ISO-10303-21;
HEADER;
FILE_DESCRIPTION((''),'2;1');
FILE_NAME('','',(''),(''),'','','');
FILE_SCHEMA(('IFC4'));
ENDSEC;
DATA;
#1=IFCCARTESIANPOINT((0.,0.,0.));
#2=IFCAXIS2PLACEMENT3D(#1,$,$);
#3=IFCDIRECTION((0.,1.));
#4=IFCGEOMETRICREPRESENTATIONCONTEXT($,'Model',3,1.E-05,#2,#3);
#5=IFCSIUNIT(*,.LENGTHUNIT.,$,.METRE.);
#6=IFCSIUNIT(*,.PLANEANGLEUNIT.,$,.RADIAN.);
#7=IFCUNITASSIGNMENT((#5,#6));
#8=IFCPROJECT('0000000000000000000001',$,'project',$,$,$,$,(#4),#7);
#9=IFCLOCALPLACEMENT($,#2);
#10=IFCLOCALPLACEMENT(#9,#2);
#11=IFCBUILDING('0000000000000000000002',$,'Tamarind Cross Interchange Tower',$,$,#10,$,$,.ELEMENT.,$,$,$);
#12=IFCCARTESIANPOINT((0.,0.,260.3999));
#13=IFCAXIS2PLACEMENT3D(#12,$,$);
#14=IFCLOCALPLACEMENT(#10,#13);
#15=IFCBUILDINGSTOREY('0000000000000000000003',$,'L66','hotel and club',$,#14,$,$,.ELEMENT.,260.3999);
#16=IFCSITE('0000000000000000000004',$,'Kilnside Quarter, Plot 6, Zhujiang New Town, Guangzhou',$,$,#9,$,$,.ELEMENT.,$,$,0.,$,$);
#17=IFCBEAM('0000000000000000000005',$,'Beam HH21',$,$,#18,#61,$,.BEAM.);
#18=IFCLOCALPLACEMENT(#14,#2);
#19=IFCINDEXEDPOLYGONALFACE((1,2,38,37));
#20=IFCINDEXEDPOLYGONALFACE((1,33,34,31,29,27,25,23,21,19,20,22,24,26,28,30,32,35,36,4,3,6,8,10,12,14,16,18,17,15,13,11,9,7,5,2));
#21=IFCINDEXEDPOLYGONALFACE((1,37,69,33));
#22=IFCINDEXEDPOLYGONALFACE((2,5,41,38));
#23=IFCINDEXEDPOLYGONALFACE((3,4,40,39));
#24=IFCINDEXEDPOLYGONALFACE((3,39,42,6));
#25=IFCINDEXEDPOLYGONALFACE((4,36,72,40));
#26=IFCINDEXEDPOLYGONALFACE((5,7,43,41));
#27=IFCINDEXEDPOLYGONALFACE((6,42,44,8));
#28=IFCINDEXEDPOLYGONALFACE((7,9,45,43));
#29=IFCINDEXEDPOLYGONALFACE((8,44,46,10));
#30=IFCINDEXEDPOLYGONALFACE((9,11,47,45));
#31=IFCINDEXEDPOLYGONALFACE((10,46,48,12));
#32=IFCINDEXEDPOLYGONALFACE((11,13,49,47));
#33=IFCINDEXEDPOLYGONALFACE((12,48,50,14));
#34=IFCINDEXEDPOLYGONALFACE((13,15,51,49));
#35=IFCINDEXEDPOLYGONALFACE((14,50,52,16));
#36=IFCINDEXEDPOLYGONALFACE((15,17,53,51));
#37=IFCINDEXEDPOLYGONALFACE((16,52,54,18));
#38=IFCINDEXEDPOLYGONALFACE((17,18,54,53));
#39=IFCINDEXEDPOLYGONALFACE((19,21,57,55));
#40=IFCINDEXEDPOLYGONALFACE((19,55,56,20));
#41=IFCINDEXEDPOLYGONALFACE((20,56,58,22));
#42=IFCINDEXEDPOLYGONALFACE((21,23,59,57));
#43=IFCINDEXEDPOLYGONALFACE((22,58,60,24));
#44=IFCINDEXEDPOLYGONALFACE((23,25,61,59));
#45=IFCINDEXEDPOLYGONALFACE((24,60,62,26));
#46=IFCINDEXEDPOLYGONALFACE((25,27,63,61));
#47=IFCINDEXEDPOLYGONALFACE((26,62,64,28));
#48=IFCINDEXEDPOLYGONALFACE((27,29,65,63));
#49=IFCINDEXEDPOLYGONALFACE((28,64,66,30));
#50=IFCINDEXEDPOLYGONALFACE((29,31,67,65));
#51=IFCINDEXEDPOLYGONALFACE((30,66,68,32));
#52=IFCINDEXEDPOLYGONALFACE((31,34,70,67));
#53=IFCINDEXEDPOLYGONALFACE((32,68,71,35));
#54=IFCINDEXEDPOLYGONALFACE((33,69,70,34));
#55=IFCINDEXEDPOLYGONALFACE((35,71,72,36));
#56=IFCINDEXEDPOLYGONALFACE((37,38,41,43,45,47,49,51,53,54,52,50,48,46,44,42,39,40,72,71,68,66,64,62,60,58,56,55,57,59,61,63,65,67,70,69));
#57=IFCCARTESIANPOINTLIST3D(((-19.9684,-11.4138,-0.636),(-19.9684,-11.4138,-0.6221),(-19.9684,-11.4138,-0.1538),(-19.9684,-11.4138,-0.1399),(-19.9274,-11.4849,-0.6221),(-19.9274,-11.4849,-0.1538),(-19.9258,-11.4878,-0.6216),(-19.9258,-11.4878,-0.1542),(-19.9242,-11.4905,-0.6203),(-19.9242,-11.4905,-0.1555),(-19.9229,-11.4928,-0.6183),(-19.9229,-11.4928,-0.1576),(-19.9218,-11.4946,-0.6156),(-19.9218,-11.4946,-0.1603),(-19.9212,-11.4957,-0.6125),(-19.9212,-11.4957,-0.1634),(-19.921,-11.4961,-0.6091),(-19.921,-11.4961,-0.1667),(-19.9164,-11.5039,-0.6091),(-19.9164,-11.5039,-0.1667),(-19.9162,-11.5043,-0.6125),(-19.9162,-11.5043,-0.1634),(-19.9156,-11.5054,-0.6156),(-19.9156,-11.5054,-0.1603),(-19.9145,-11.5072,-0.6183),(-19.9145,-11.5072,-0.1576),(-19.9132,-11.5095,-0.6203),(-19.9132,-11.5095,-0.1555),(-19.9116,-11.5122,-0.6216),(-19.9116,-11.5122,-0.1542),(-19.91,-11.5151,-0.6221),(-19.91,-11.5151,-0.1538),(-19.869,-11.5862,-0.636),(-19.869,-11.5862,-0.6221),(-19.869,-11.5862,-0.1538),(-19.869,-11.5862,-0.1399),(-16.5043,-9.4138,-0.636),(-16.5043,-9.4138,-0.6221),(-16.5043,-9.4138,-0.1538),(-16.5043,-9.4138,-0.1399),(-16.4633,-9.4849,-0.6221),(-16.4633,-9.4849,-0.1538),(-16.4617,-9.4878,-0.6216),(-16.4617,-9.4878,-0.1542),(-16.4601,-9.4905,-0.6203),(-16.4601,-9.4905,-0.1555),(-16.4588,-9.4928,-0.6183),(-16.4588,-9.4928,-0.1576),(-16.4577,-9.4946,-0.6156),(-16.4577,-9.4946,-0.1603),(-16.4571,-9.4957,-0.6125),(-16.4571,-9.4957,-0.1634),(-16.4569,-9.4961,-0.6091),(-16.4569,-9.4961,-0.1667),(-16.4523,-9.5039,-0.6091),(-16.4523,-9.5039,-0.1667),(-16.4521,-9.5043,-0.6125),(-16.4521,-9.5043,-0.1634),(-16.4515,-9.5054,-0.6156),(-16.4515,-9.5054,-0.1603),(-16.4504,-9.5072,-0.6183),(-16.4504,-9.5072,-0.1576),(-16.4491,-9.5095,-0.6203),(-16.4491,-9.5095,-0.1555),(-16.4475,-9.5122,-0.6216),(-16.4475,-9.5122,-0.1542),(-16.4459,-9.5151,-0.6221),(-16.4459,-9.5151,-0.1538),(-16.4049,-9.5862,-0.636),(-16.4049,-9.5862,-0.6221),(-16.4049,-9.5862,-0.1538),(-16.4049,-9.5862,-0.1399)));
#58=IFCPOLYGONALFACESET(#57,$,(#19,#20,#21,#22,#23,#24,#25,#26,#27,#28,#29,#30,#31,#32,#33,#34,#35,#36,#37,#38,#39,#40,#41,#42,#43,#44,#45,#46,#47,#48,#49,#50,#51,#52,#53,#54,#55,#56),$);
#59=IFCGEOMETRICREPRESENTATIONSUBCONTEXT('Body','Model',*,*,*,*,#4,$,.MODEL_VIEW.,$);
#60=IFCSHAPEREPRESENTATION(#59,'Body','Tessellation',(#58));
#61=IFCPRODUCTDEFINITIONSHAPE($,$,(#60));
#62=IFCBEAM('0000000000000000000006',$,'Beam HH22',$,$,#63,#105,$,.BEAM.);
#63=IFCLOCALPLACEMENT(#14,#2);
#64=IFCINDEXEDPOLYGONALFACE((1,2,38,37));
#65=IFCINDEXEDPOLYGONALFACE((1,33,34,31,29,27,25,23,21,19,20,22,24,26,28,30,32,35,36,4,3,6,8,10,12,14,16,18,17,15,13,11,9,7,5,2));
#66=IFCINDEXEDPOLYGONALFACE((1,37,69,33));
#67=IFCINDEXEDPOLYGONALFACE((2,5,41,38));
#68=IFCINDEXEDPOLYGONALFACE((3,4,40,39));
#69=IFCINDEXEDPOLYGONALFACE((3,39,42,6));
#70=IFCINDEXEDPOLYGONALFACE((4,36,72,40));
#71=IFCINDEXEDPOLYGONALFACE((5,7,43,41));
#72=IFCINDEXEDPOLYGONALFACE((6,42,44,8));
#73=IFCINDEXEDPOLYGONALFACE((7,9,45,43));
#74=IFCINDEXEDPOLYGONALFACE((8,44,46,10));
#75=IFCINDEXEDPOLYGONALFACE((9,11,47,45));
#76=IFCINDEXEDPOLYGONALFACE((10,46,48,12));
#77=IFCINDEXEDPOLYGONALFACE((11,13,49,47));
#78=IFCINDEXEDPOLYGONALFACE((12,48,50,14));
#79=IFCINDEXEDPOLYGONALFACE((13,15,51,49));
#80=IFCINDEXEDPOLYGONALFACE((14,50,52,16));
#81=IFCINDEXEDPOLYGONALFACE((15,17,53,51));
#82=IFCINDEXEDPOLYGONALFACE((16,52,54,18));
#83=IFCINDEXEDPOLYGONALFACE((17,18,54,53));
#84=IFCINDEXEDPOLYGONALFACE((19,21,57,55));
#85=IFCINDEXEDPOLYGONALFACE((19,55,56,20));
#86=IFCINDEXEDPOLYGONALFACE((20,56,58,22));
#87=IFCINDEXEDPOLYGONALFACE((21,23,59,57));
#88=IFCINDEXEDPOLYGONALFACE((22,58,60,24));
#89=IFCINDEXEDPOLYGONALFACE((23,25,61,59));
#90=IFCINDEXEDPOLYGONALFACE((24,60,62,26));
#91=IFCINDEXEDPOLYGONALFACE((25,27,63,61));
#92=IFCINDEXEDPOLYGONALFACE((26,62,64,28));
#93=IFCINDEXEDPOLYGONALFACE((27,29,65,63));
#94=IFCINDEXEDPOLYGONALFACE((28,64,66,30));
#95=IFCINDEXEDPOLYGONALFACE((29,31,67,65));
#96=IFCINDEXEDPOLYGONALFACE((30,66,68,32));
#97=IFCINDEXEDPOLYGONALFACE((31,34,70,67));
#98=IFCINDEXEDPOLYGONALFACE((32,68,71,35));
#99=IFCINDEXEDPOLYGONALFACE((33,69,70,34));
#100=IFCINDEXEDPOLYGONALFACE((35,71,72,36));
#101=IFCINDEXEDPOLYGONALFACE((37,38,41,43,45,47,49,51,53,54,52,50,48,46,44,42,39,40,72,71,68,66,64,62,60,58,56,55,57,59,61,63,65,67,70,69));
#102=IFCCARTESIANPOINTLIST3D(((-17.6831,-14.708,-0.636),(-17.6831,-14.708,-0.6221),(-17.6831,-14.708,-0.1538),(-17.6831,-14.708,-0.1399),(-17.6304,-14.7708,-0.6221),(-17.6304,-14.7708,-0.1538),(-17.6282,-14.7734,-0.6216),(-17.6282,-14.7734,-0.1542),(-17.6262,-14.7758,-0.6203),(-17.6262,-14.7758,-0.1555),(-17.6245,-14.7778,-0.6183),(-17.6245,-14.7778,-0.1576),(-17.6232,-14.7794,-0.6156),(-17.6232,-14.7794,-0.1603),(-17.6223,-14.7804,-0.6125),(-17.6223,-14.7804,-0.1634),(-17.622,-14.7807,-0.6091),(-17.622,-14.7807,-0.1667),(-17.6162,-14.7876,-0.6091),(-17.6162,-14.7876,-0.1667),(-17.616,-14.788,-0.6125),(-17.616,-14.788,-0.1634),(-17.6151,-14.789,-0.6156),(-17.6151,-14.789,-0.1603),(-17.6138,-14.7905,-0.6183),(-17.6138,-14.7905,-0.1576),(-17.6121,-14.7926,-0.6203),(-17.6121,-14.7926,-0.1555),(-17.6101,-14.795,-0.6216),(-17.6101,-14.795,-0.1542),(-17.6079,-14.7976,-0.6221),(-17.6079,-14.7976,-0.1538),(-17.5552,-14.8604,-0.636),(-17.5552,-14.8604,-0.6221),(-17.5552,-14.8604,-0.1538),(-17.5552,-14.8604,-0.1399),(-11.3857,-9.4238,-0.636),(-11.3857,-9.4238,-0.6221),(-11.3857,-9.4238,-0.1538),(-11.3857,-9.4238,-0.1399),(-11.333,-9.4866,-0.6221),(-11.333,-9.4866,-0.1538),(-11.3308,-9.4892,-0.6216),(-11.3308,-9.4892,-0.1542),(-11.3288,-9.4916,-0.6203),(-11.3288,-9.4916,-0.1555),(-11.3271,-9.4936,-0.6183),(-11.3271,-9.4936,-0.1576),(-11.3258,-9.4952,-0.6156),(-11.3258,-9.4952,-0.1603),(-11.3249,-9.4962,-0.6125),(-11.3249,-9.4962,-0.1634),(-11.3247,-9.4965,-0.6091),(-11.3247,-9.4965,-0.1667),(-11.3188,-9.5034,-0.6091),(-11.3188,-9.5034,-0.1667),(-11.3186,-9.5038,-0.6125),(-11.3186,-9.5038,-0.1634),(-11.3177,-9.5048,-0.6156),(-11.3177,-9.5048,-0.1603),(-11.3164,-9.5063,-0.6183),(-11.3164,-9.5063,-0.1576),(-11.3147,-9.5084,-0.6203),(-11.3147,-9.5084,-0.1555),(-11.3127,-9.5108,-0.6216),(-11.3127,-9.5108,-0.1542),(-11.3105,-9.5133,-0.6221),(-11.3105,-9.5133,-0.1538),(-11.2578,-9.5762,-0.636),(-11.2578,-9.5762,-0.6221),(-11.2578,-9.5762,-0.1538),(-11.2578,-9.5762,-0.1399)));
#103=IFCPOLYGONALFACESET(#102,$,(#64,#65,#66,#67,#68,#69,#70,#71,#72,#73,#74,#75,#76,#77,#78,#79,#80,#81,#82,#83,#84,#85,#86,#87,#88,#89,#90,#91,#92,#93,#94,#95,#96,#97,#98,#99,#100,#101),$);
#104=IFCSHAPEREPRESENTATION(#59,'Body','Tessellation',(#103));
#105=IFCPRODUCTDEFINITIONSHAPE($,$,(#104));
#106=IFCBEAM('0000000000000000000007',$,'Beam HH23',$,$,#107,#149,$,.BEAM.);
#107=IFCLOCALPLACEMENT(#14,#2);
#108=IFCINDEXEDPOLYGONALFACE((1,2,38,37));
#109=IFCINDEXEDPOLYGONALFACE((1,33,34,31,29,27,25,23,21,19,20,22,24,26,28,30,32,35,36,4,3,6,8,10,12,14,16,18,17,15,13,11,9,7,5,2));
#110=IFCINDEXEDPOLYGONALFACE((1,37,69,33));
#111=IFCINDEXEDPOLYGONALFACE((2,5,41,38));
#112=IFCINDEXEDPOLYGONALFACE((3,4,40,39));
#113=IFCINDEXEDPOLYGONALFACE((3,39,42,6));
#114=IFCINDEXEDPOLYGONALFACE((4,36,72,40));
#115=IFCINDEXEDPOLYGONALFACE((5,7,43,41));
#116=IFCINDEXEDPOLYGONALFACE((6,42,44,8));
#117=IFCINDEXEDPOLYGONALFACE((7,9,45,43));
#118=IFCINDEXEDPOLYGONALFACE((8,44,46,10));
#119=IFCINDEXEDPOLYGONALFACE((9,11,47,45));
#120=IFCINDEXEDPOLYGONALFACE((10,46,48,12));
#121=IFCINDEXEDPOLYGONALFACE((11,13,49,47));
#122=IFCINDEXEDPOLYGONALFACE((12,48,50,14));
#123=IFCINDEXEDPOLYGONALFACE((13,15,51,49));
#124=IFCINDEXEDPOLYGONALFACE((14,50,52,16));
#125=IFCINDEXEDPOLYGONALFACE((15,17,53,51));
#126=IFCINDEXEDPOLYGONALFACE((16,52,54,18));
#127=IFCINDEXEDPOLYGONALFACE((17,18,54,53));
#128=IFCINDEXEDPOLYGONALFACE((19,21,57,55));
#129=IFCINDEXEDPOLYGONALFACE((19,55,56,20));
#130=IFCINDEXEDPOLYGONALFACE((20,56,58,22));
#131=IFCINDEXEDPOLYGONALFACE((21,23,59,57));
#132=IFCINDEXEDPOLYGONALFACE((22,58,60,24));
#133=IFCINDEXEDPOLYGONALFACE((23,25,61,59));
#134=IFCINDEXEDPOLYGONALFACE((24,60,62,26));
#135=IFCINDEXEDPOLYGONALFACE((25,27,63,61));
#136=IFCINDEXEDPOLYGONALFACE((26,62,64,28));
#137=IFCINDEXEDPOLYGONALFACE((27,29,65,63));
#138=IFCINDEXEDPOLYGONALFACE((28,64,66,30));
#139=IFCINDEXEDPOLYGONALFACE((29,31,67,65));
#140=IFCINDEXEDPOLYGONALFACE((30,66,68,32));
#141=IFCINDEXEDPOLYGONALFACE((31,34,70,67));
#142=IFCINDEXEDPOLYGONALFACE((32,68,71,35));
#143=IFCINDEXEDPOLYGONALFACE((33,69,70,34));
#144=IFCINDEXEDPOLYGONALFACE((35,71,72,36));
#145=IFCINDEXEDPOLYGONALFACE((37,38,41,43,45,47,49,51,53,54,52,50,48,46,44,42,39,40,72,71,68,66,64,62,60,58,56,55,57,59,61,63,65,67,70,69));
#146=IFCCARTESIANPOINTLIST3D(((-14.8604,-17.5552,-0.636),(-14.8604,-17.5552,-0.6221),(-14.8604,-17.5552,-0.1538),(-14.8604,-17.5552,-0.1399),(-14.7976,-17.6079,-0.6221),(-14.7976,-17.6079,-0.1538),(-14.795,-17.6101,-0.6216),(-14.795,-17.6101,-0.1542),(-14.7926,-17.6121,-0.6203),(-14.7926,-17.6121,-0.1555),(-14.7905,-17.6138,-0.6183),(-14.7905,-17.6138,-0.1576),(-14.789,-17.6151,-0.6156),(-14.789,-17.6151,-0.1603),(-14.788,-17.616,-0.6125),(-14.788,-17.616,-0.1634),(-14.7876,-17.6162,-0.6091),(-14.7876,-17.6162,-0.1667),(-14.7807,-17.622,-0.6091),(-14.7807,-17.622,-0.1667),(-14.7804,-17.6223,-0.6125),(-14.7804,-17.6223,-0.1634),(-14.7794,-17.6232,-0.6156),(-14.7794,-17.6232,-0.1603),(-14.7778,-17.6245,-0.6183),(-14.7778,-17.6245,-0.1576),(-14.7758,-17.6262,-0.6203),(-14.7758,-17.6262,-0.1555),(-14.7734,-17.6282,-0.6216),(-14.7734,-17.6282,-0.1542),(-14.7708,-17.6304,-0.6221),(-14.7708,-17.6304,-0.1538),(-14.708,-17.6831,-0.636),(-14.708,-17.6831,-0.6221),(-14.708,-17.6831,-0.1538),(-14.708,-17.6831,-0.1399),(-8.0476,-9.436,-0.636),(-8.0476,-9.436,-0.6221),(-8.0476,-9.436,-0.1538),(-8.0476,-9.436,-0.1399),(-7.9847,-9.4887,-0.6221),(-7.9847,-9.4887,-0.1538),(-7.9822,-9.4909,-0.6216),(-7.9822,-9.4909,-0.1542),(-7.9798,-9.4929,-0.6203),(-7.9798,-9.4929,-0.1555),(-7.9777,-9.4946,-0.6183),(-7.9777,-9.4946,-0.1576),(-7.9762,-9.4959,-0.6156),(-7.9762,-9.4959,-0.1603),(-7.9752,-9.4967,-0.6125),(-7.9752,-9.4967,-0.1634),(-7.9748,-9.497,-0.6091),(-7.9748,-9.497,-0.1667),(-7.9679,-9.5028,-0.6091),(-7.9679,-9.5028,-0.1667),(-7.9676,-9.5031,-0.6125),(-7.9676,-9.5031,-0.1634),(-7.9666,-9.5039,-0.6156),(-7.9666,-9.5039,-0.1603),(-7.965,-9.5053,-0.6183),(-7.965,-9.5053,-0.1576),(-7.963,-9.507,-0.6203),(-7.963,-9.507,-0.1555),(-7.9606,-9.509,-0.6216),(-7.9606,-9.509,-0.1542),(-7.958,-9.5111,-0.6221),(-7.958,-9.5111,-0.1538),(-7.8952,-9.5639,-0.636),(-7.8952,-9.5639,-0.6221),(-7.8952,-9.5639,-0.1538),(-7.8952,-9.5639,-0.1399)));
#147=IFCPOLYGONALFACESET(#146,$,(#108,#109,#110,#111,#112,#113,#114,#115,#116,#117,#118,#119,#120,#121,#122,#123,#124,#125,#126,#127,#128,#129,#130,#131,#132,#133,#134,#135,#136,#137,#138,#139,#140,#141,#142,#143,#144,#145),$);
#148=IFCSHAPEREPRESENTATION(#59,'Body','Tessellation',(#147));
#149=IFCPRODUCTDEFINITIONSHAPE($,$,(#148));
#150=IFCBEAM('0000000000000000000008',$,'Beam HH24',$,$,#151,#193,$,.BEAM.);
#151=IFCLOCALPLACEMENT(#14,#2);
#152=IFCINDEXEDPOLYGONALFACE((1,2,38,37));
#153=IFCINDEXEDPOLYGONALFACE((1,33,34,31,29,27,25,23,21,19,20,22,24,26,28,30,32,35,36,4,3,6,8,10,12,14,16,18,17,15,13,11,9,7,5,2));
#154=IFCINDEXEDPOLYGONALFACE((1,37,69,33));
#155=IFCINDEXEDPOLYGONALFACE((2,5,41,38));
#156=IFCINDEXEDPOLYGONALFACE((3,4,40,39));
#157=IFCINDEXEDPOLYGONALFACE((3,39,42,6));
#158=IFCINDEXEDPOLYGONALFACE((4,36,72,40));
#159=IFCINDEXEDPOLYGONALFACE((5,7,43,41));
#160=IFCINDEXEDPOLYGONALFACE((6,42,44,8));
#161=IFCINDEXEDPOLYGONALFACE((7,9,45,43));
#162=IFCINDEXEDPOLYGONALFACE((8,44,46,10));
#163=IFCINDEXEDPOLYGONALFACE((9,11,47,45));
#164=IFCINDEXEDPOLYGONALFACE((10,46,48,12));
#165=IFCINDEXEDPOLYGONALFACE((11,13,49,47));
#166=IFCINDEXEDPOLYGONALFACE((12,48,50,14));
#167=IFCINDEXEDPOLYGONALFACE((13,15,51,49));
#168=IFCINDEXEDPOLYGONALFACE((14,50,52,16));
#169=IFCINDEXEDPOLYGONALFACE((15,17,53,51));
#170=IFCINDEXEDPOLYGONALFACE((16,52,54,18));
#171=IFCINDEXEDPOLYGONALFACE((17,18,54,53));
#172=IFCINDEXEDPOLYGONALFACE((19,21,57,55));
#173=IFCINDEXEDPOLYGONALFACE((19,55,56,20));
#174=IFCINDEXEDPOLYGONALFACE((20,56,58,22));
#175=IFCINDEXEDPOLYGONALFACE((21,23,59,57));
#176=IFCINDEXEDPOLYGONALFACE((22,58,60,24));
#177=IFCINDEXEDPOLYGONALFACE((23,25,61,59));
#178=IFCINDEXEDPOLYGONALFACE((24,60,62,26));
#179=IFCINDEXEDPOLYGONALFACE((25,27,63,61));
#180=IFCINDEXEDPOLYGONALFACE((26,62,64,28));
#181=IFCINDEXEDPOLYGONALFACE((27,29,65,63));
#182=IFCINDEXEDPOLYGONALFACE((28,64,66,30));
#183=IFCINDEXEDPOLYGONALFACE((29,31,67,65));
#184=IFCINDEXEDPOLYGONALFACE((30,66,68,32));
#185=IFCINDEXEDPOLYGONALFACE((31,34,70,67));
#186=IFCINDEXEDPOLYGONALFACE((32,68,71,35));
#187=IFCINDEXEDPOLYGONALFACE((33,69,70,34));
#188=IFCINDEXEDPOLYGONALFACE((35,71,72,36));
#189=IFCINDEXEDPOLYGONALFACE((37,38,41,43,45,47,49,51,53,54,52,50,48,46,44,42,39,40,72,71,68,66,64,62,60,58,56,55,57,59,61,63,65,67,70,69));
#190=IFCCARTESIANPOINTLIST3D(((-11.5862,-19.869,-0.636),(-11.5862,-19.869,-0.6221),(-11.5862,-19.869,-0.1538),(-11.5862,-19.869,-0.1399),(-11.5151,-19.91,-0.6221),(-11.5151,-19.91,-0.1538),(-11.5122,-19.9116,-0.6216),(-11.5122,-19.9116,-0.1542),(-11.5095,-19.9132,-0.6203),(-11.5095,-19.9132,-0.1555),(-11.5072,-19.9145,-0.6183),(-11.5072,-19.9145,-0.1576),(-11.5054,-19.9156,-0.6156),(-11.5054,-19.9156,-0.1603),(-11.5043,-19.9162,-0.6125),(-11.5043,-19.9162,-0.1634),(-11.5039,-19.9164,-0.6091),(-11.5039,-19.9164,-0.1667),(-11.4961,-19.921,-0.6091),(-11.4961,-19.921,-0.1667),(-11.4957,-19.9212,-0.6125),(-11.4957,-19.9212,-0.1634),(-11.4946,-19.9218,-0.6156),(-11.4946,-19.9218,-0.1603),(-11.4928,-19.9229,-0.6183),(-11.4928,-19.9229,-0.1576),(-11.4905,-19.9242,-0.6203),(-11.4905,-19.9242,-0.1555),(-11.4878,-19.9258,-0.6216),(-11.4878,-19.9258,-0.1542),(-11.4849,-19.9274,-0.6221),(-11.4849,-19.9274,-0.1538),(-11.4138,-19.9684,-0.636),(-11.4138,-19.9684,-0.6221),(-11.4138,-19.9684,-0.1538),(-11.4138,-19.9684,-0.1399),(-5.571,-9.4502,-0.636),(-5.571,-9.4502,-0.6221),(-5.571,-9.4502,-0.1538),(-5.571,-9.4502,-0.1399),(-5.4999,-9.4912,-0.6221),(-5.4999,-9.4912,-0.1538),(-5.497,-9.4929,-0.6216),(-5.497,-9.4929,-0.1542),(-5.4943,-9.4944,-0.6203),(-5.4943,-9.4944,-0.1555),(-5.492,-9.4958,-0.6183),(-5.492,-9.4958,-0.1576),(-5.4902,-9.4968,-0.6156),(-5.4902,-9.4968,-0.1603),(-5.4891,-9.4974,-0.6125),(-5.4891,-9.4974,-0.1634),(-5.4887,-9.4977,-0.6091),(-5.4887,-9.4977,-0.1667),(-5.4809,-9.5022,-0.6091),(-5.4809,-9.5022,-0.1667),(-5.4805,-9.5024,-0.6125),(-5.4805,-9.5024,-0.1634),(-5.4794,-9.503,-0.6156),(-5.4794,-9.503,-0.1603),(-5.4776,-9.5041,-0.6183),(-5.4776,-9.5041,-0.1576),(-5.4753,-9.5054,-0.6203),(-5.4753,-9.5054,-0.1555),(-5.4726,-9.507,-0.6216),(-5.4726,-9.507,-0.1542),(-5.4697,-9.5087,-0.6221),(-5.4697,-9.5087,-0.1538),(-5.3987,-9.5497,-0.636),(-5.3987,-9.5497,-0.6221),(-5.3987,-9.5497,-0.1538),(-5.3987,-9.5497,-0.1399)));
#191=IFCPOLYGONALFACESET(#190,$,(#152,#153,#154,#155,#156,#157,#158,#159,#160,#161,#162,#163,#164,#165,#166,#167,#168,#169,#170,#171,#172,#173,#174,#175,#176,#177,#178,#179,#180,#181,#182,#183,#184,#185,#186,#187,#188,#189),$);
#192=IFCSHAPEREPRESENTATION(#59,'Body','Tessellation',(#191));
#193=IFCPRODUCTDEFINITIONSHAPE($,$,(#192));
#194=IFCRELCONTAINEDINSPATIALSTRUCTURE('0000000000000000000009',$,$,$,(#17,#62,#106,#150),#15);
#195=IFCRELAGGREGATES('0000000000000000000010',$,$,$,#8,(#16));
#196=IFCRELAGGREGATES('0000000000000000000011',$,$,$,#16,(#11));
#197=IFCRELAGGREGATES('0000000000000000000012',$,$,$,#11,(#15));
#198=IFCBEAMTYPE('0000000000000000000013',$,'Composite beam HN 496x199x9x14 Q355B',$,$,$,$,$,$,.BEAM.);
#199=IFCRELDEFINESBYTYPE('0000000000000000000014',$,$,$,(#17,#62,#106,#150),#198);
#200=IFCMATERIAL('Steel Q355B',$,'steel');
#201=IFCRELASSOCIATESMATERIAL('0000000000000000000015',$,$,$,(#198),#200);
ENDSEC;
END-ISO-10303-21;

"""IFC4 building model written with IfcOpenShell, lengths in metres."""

from ifc_helpers import new_model, si_unit, direction, frame, origin, origin_2d, place, context, subcontext, project, spatial, i_section, extrude, material, material_profile, profile_set, type_object, element, save


model = new_model("IFC4")

# Units and contexts
model_context = context("Model", 3, precision=1e-05, world=origin(), true_north=direction((0.0, 1.0)))
body_context = subcontext(model_context, "Body", "Model", "MODEL_VIEW")
ifc_project = project(units=[si_unit("LENGTHUNIT", "METRE"), si_unit("PLANEANGLEUNIT", "RADIAN")], contexts=[model_context])

# Site, building, storey
site_placement = place(None, origin())
site = spatial("IfcSite", under=ifc_project, at=site_placement, Name="Kilnside Quarter, Plot 6, Zhujiang New Town, Guangzhou", CompositionType="ELEMENT", RefElevation=0.0)
building_placement = place(site_placement, origin())
building = spatial("IfcBuilding", under=site, at=building_placement, Name="Tamarind Cross Interchange Tower", CompositionType="ELEMENT")
storey_placement = place(building_placement, frame((0.0, 0.0, 260.3999)))
storey = spatial("IfcBuildingStorey", under=building, at=storey_placement, Name="L66", Description="hotel and club", CompositionType="ELEMENT", Elevation=260.3999)

# Beams
ifc_material_1 = material(Name="Steel Q355B", Category="steel")
ifc_material_profile_1 = material_profile(ifc_material_1, i_section(OverallWidth=0.199, OverallDepth=0.4961, WebThickness=0.009, FlangeThickness=0.0139, FilletRadius=0.0129, at=origin_2d()), Name="HN 496x199x9x14")
ifc_profile_set_1 = profile_set([ifc_material_profile_1], Name="Steel Q355B")
beam_type = type_object("IfcBeamType", Name="Composite beam HN 496x199x9x14 Q355B", PredefinedType="BEAM", material=ifc_profile_set_1)
beam_1_placement = place(storey_placement, frame((-19.9187, -11.5, -0.3879), z_axis=(0.866026, 0.499999, 0.0), x_axis=(-0.499999, 0.866026, 0.0)))
element("IfcBeam", 1, at=beam_1_placement, inside=storey, type_object=beam_type, Name="Beam HH21", PredefinedType="BEAM", context=body_context, shape_type="SweptSolid", body=[
    extrude(i_section(OverallWidth=0.199, OverallDepth=0.4961, WebThickness=0.009, FlangeThickness=0.0139, FilletRadius=0.0129, at=origin_2d()), origin(), (0.0, 0.0, 1.0), 4.0),
])
beam_2_placement = place(storey_placement, frame((-17.6191, -14.7842, -0.3879), z_axis=(0.766041, 0.642792, 0.0), x_axis=(-0.642792, 0.766041, 0.0)))
element("IfcBeam", 2, at=beam_2_placement, inside=storey, type_object=beam_type, Name="Beam HH22", PredefinedType="BEAM", context=body_context, shape_type="SweptSolid", body=[
    extrude(i_section(OverallWidth=0.199, OverallDepth=0.4961, WebThickness=0.009, FlangeThickness=0.0139, FilletRadius=0.0129, at=origin_2d()), origin(), (0.0, 0.0, 1.0), 8.2207),
])
beam_3_placement = place(storey_placement, frame((-14.7842, -17.6191, -0.3879), z_axis=(0.642786, 0.766046, 0.0), x_axis=(-0.766046, 0.642786, 0.0)))
element("IfcBeam", 3, at=beam_3_placement, inside=storey, type_object=beam_type, Name="Beam HH23", PredefinedType="BEAM", context=body_context, shape_type="SweptSolid", body=[
    extrude(i_section(OverallWidth=0.199, OverallDepth=0.4961, WebThickness=0.009, FlangeThickness=0.0139, FilletRadius=0.0129, at=origin_2d()), origin(), (0.0, 0.0, 1.0), 10.5989),
])
beam_4_placement = place(storey_placement, frame((-11.5, -19.9187, -0.3879), z_axis=(0.499994, 0.866029, 0.0), x_axis=(-0.866029, 0.499994, 0.0)))
element("IfcBeam", 4, at=beam_4_placement, inside=storey, type_object=beam_type, Name="Beam HH24", PredefinedType="BEAM", context=body_context, shape_type="SweptSolid", body=[
    extrude(i_section(OverallWidth=0.199, OverallDepth=0.4961, WebThickness=0.009, FlangeThickness=0.0139, FilletRadius=0.0129, at=origin_2d()), origin(), (0.0, 0.0, 1.0), 12.0305),
])

save(model, "model.ifc")
